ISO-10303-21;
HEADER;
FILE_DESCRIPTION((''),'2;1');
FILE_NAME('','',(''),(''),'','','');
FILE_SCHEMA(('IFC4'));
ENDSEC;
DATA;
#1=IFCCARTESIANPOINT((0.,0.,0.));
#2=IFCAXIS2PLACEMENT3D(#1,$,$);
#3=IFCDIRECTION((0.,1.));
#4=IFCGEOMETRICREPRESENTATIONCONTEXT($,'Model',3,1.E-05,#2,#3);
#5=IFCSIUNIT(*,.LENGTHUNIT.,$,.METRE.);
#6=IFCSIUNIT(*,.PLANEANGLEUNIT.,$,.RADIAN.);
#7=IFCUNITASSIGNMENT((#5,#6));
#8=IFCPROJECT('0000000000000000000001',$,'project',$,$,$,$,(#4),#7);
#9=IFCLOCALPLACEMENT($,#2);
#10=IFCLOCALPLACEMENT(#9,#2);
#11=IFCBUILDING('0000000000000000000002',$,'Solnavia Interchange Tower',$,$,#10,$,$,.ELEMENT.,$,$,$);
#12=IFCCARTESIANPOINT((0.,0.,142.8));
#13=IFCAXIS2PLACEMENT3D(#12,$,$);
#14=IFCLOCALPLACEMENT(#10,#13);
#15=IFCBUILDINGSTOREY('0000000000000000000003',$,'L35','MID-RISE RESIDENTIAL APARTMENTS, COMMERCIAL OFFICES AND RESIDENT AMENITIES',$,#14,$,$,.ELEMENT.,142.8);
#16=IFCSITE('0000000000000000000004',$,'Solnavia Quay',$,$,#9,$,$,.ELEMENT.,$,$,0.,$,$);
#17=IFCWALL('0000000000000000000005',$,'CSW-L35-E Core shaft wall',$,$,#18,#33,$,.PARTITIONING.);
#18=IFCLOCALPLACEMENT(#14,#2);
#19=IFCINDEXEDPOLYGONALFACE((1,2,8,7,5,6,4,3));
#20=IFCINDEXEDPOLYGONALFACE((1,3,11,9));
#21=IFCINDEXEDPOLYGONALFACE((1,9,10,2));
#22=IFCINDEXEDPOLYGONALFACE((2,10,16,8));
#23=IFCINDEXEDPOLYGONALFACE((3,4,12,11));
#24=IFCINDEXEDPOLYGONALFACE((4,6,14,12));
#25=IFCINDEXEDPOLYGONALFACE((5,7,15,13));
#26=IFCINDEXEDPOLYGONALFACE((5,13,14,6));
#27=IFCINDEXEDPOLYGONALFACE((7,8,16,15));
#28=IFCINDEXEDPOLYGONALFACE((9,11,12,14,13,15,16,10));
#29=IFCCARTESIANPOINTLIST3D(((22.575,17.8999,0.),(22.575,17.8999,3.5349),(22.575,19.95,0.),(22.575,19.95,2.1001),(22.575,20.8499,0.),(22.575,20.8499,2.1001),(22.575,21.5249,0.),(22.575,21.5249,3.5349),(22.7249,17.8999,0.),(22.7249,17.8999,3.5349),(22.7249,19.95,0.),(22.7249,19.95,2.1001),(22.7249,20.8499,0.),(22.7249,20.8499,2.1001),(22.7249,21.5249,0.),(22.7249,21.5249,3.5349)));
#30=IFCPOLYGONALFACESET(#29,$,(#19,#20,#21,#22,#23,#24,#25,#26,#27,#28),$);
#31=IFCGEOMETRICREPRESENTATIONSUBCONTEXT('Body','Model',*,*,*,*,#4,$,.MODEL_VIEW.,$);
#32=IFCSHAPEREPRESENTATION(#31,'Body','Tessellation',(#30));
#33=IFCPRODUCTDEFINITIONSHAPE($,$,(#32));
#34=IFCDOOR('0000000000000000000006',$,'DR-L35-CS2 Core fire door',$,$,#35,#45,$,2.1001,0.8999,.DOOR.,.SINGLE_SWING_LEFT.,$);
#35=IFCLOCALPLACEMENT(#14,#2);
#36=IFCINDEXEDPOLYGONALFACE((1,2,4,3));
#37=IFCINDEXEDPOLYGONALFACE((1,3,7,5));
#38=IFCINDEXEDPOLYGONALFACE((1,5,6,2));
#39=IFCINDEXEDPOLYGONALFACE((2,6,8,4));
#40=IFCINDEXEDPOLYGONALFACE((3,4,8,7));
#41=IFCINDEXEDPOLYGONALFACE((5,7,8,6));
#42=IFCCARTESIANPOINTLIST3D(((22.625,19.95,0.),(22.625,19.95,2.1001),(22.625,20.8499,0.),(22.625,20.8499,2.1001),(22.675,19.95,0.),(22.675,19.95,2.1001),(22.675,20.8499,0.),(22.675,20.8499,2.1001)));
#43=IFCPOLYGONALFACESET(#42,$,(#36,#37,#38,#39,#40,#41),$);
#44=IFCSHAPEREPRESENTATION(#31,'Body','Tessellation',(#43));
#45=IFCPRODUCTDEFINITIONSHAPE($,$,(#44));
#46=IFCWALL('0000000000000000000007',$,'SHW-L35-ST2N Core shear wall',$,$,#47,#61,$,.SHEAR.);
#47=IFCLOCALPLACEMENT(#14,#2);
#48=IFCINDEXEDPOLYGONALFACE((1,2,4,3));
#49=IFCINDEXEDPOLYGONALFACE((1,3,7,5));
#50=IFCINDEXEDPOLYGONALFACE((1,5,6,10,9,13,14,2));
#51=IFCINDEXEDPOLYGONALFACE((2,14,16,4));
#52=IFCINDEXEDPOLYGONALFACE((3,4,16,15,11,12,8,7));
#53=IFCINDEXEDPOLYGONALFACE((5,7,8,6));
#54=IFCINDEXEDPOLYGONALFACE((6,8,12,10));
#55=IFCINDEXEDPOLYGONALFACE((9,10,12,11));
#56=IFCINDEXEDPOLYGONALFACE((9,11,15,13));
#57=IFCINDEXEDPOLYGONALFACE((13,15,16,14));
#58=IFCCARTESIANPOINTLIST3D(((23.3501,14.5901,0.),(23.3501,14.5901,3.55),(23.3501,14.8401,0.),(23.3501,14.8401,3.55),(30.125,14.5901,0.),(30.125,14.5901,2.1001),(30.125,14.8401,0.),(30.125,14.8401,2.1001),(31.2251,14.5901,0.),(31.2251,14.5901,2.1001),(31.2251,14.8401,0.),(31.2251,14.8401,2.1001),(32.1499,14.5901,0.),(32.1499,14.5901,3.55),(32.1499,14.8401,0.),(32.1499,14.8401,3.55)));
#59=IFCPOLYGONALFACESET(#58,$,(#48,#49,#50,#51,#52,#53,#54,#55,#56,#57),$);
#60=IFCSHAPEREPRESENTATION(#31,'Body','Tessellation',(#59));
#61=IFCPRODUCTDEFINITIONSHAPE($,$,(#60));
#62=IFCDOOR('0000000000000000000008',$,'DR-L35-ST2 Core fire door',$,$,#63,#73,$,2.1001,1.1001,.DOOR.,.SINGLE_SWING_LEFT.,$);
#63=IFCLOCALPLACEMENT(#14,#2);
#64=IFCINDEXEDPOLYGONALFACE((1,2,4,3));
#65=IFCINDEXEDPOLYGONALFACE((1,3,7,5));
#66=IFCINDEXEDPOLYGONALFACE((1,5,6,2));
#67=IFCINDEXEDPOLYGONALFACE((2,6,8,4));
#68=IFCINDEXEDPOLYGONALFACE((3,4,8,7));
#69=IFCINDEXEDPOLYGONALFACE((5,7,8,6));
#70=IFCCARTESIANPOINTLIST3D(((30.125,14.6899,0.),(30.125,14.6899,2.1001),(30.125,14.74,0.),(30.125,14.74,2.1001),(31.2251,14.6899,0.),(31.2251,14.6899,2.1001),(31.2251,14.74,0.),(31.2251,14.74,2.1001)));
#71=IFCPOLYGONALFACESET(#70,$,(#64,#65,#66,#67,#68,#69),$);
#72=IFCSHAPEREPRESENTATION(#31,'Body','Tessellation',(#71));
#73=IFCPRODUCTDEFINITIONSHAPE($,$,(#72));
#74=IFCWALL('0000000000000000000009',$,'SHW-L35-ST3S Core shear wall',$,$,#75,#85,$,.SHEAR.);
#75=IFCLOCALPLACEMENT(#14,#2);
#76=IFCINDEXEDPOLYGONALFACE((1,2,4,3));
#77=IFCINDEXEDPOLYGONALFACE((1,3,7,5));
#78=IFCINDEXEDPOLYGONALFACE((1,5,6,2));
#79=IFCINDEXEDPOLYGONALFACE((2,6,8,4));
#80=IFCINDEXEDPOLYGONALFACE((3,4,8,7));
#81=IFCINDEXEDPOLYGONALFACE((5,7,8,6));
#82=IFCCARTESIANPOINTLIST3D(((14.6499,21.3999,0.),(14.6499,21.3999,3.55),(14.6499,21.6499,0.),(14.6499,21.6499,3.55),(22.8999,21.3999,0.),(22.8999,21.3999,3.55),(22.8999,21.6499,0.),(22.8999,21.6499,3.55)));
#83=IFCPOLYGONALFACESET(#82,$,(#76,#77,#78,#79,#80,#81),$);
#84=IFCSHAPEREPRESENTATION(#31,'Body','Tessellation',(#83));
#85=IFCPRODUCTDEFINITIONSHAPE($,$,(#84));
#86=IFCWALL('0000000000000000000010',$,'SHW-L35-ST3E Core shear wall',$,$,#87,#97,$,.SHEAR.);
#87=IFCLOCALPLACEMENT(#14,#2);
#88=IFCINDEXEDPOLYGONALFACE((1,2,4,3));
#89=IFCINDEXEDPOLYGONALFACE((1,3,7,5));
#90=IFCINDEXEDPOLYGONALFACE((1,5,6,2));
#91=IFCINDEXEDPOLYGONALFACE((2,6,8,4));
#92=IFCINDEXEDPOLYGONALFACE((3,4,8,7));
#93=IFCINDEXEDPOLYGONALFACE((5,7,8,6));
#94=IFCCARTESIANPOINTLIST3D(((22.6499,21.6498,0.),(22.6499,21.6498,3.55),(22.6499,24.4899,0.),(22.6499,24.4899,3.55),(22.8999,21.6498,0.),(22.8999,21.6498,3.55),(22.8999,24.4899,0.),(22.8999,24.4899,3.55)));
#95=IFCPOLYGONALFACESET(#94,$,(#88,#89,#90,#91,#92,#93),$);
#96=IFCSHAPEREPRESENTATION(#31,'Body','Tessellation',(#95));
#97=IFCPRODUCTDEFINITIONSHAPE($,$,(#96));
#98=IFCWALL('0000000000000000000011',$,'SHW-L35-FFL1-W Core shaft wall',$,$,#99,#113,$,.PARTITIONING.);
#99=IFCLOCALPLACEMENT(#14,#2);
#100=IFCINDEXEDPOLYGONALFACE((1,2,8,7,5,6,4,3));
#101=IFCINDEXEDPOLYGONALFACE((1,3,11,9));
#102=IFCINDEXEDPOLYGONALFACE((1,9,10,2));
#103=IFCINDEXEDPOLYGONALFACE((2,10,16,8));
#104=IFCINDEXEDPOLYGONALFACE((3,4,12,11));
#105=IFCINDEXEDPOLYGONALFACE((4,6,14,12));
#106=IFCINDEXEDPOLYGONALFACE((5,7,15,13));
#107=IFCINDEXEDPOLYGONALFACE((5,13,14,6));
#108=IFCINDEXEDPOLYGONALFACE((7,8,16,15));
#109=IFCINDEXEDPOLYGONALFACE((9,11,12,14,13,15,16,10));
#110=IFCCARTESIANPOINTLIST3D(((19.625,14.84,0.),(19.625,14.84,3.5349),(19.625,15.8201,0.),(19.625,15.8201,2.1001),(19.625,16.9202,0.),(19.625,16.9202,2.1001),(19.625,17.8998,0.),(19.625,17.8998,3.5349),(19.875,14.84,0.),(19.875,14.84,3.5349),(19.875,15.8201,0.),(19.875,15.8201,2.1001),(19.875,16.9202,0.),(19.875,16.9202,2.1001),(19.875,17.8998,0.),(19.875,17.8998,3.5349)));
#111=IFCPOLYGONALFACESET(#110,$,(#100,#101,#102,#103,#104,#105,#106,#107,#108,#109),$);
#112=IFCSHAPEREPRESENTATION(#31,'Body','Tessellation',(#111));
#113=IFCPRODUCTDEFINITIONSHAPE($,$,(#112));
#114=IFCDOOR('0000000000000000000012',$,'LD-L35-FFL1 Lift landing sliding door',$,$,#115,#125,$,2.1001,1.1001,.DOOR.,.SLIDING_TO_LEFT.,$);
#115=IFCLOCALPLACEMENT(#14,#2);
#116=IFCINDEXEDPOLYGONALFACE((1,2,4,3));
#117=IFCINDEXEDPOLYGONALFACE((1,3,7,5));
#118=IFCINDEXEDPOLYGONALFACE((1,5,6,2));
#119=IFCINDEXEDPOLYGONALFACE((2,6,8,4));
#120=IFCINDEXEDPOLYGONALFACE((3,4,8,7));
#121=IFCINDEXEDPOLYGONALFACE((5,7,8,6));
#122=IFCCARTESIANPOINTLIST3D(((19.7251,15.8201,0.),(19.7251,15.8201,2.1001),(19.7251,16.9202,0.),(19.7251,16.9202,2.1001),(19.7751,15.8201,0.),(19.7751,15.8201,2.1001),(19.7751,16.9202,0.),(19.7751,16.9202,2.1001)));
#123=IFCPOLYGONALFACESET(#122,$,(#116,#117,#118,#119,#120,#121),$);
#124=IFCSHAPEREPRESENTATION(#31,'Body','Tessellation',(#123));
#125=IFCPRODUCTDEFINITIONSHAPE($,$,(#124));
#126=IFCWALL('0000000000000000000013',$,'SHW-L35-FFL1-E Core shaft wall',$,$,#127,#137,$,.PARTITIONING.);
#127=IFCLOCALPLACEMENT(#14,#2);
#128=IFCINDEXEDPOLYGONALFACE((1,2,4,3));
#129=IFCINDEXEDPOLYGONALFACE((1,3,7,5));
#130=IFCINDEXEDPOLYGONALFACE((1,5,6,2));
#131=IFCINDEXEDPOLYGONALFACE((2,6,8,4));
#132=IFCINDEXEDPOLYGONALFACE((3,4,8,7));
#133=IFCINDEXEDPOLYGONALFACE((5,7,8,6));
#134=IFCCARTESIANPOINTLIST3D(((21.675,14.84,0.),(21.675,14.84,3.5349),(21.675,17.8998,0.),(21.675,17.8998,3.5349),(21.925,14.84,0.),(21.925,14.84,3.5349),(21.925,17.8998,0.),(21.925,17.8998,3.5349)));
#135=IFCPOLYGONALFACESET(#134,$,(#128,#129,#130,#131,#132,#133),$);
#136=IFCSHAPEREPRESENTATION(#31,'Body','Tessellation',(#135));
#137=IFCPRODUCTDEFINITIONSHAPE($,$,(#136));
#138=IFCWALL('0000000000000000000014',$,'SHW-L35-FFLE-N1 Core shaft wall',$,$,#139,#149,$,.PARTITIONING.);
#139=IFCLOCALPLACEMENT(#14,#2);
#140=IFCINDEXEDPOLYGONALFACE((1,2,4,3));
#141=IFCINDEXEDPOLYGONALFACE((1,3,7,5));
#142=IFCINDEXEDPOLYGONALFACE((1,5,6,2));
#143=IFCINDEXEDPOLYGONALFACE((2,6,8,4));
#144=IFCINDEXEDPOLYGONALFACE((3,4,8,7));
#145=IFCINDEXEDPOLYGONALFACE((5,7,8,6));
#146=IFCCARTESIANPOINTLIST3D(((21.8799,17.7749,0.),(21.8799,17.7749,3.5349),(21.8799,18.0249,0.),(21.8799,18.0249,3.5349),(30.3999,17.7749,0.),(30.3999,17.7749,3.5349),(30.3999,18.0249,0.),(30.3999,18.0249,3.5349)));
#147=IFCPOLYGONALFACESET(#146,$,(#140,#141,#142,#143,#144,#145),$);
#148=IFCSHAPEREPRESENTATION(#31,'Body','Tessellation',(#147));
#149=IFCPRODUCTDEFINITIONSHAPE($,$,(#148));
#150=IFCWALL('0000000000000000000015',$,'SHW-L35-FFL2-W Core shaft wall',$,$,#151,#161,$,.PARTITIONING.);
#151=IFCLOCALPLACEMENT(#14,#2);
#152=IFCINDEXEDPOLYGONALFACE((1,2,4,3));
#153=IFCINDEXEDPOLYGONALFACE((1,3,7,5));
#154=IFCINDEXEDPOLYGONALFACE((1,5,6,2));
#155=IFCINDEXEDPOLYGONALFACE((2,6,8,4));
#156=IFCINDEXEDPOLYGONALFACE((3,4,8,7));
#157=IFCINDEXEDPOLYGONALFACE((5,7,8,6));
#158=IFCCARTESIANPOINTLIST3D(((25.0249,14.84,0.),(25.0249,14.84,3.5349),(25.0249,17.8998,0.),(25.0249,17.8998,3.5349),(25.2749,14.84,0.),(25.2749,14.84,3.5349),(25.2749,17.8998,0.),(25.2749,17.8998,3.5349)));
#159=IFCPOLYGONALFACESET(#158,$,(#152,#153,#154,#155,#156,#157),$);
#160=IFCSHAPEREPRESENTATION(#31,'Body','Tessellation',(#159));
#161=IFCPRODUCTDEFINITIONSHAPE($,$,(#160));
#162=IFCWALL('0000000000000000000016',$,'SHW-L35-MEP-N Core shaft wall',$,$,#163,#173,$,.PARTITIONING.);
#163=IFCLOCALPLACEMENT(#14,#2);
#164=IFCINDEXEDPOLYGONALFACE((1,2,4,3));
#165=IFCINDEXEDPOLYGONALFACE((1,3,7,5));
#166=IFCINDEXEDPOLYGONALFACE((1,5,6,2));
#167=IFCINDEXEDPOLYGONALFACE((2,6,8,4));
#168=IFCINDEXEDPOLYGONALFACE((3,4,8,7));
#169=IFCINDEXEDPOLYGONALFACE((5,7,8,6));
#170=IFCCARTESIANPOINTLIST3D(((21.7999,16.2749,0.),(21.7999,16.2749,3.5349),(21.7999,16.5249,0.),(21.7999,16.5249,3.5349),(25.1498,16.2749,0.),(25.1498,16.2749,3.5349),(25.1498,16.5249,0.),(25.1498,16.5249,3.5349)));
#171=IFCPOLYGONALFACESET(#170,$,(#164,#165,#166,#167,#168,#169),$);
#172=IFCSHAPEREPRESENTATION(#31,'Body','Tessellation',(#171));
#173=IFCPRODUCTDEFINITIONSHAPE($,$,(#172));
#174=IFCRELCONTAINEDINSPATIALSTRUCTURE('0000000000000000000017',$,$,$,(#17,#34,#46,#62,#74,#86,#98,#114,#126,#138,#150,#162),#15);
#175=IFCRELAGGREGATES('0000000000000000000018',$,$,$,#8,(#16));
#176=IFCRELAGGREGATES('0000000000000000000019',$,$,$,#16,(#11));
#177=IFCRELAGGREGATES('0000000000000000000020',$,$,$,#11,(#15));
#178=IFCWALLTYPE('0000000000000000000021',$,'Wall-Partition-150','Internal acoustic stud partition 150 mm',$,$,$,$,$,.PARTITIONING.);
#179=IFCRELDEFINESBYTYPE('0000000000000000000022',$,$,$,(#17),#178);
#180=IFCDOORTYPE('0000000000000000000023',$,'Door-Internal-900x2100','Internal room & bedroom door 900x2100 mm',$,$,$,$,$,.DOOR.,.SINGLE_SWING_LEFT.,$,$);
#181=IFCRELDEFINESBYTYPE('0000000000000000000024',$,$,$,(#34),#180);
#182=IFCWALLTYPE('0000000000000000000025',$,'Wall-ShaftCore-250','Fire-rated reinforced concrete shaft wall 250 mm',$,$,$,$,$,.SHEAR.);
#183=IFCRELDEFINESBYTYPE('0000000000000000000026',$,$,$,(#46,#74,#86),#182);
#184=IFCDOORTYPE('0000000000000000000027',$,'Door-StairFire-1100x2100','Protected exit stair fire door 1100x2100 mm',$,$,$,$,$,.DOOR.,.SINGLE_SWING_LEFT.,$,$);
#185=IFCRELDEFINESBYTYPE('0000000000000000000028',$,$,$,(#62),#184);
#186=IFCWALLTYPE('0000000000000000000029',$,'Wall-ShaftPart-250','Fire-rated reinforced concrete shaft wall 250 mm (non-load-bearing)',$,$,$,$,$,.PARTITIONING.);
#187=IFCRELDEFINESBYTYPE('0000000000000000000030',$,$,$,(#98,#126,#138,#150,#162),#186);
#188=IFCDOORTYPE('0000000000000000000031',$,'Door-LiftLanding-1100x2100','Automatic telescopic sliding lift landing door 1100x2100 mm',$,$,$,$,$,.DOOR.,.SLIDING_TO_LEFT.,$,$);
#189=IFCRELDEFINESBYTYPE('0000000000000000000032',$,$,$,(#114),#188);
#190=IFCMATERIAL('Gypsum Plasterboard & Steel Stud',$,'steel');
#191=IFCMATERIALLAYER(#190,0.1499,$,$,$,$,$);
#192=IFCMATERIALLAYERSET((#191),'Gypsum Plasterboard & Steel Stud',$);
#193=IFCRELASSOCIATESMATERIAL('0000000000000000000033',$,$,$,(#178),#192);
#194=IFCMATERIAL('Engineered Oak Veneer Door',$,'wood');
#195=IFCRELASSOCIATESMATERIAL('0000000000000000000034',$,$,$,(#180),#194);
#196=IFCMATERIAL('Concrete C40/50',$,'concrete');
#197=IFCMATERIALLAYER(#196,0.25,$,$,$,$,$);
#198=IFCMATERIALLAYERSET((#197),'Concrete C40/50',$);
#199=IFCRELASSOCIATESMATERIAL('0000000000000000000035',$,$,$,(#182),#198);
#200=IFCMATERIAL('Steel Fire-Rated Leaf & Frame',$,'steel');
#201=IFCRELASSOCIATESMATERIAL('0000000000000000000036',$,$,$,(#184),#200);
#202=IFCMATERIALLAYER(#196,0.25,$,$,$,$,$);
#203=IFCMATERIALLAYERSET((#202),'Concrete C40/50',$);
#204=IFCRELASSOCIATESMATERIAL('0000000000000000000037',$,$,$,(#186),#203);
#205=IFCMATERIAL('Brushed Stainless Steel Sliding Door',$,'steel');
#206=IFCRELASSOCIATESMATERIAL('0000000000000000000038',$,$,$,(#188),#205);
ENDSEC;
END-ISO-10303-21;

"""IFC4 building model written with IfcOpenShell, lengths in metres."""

from ifc_helpers import new_model, si_unit, direction, frame, frame_2d, origin, place, context, subcontext, project, spatial, rectangle, extrude, material, layer, layer_set, type_object, element, fill, save


model = new_model("IFC4")

# Units and contexts
model_context = context("Model", 3, precision=1e-05, world=origin(), true_north=direction((0.0, 1.0)))
body_context = subcontext(model_context, "Body", "Model", "MODEL_VIEW")
ifc_project = project(units=[si_unit("LENGTHUNIT", "METRE"), si_unit("PLANEANGLEUNIT", "RADIAN")], contexts=[model_context])

# Site, building, storey
site_placement = place(None, origin())
site = spatial("IfcSite", under=ifc_project, at=site_placement, Name="Solnavia Quay", CompositionType="ELEMENT", RefElevation=0.0)
building_placement = place(site_placement, origin())
building = spatial("IfcBuilding", under=site, at=building_placement, Name="Solnavia Interchange Tower", CompositionType="ELEMENT")
storey_placement = place(building_placement, frame((0.0, 0.0, 142.8)))
storey = spatial("IfcBuildingStorey", under=building, at=storey_placement, Name="L35", Description="MID-RISE RESIDENTIAL APARTMENTS, COMMERCIAL OFFICES AND RESIDENT AMENITIES", CompositionType="ELEMENT", Elevation=142.8)

# Walls, openings, doors
ifc_material_1 = material(Name="Gypsum Plasterboard & Steel Stud", Category="steel")
ifc_layer_1 = layer(ifc_material_1, 0.1499)
ifc_layer_set_1 = layer_set([ifc_layer_1], Name="Gypsum Plasterboard & Steel Stud")
wall_type_1 = type_object("IfcWallType", Name="Wall-Partition-150", Description="Internal acoustic stud partition 150 mm", PredefinedType="PARTITIONING", material=ifc_layer_set_1)
wall_1_placement = place(storey_placement, frame((22.6499, 17.8999, 0.0), z_axis=(0.0, 0.0, 1.0), x_axis=(0.0, 1.0, 0.0)))
wall_1 = element("IfcWall", 1, at=wall_1_placement, inside=storey, type_object=wall_type_1, Name="CSW-L35-E Core shaft wall", PredefinedType="PARTITIONING", context=body_context, shape_type="SweptSolid", body=[
    extrude(rectangle(XDim=3.625, YDim=0.1499, at=frame_2d((1.8125, 0.0))), origin(), (0.0, 0.0, 1.0), 3.5349),
])
opening_1_placement = place(wall_1_placement, frame((2.05, 0.0, 0.0)))
opening_1 = element("IfcOpeningElement", 2, at=opening_1_placement, cuts=wall_1, PredefinedType="OPENING", context=body_context, shape_type="SweptSolid", body=[
    extrude(rectangle(XDim=0.8999, YDim=2.1001, at=frame_2d((0.45, 1.05))), frame((0.0, 0.085, 0.0), z_axis=(0.0, -1.0, 0.0), x_axis=(1.0, 0.0, 0.0)), (0.0, 0.0, 1.0), 0.1699),
])
ifc_material_2 = material(Name="Engineered Oak Veneer Door", Category="wood")
door_type_1 = type_object("IfcDoorType", Name="Door-Internal-900x2100", Description="Internal room & bedroom door 900x2100 mm", OperationType="SINGLE_SWING_LEFT", PredefinedType="DOOR", material=ifc_material_2)
door_1_placement = place(opening_1_placement, origin())
door_1 = element("IfcDoor", 3, at=door_1_placement, inside=storey, type_object=door_type_1, Name="DR-L35-CS2 Core fire door", OperationType="SINGLE_SWING_LEFT", OverallHeight=2.1001, OverallWidth=0.8999, PredefinedType="DOOR", context=body_context, shape_type="SweptSolid", body=[
    extrude(rectangle(XDim=0.8999, YDim=2.1001, at=frame_2d((0.45, 1.05))), frame((0.0, 0.0249, 0.0), z_axis=(0.0, -1.0, 0.0), x_axis=(1.0, 0.0, 0.0)), (0.0, 0.0, 1.0), 0.05),
])
fill(opening_1, door_1)
ifc_material_3 = material(Name="Concrete C40/50", Category="concrete")
ifc_layer_2 = layer(ifc_material_3, 0.25)
ifc_layer_set_2 = layer_set([ifc_layer_2], Name="Concrete C40/50")
wall_type_2 = type_object("IfcWallType", Name="Wall-ShaftCore-250", Description="Fire-rated reinforced concrete shaft wall 250 mm", PredefinedType="SHEAR", material=ifc_layer_set_2)
wall_2_placement = place(storey_placement, frame((23.3501, 14.7151, 0.0), z_axis=(0.0, 0.0, 1.0), x_axis=(1.0, 0.0, 0.0)))
wall_2 = element("IfcWall", 4, at=wall_2_placement, inside=storey, type_object=wall_type_2, Name="SHW-L35-ST2N Core shear wall", PredefinedType="SHEAR", context=body_context, shape_type="SweptSolid", body=[
    extrude(rectangle(XDim=8.7998, YDim=0.25, at=frame_2d((4.3999, 0.0))), origin(), (0.0, 0.0, 1.0), 3.55),
])
opening_2_placement = place(wall_2_placement, frame((6.7749, 0.0, 0.0)))
opening_2 = element("IfcOpeningElement", 5, at=opening_2_placement, cuts=wall_2, PredefinedType="OPENING", context=body_context, shape_type="SweptSolid", body=[
    extrude(rectangle(XDim=1.1001, YDim=2.1001, at=frame_2d((0.55, 1.05))), frame((0.0, 0.135, 0.0), z_axis=(0.0, -1.0, 0.0), x_axis=(1.0, 0.0, 0.0)), (0.0, 0.0, 1.0), 0.27),
])
ifc_material_4 = material(Name="Steel Fire-Rated Leaf & Frame", Category="steel")
door_type_2 = type_object("IfcDoorType", Name="Door-StairFire-1100x2100", Description="Protected exit stair fire door 1100x2100 mm", OperationType="SINGLE_SWING_LEFT", PredefinedType="DOOR", material=ifc_material_4)
door_2_placement = place(opening_2_placement, origin())
door_2 = element("IfcDoor", 6, at=door_2_placement, inside=storey, type_object=door_type_2, Name="DR-L35-ST2 Core fire door", OperationType="SINGLE_SWING_LEFT", OverallHeight=2.1001, OverallWidth=1.1001, PredefinedType="DOOR", context=body_context, shape_type="SweptSolid", body=[
    extrude(rectangle(XDim=1.1001, YDim=2.1001, at=frame_2d((0.55, 1.05))), frame((0.0, 0.0249, 0.0), z_axis=(0.0, -1.0, 0.0), x_axis=(1.0, 0.0, 0.0)), (0.0, 0.0, 1.0), 0.05),
])
fill(opening_2, door_2)

# Walls
wall_3_placement = place(storey_placement, frame((14.6499, 21.5249, 0.0), z_axis=(0.0, 0.0, 1.0), x_axis=(1.0, 0.0, 0.0)))
element("IfcWall", 7, at=wall_3_placement, inside=storey, type_object=wall_type_2, Name="SHW-L35-ST3S Core shear wall", PredefinedType="SHEAR", context=body_context, shape_type="SweptSolid", body=[
    extrude(rectangle(XDim=8.25, YDim=0.25, at=frame_2d((4.125, 0.0))), origin(), (0.0, 0.0, 1.0), 3.55),
])
wall_4_placement = place(storey_placement, frame((22.7749, 21.6499, 0.0), z_axis=(0.0, 0.0, 1.0), x_axis=(0.0, 1.0, 0.0)))
element("IfcWall", 8, at=wall_4_placement, inside=storey, type_object=wall_type_2, Name="SHW-L35-ST3E Core shear wall", PredefinedType="SHEAR", context=body_context, shape_type="SweptSolid", body=[
    extrude(rectangle(XDim=2.8401, YDim=0.25, at=frame_2d((1.4199, 0.0))), origin(), (0.0, 0.0, 1.0), 3.55),
])

# Wall, opening, door
ifc_layer_3 = layer(ifc_material_3, 0.25)
ifc_layer_set_3 = layer_set([ifc_layer_3], Name="Concrete C40/50")
wall_type_3 = type_object("IfcWallType", Name="Wall-ShaftPart-250", Description="Fire-rated reinforced concrete shaft wall 250 mm (non-load-bearing)", PredefinedType="PARTITIONING", material=ifc_layer_set_3)
wall_5_placement = place(storey_placement, frame((19.75, 14.8401, 0.0), z_axis=(0.0, 0.0, 1.0), x_axis=(0.0, 1.0, 0.0)))
wall_5 = element("IfcWall", 9, at=wall_5_placement, inside=storey, type_object=wall_type_3, Name="SHW-L35-FFL1-W Core shaft wall", PredefinedType="PARTITIONING", context=body_context, shape_type="SweptSolid", body=[
    extrude(rectangle(XDim=3.0598, YDim=0.25, at=frame_2d((1.5298, 0.0))), origin(), (0.0, 0.0, 1.0), 3.5349),
])
opening_3_placement = place(wall_5_placement, frame((0.98, 0.0, 0.0)))
opening_3 = element("IfcOpeningElement", 10, at=opening_3_placement, cuts=wall_5, PredefinedType="OPENING", context=body_context, shape_type="SweptSolid", body=[
    extrude(rectangle(XDim=1.1001, YDim=2.1001, at=frame_2d((0.55, 1.05))), frame((0.0, 0.135, 0.0), z_axis=(0.0, -1.0, 0.0), x_axis=(1.0, 0.0, 0.0)), (0.0, 0.0, 1.0), 0.27),
])
ifc_material_5 = material(Name="Brushed Stainless Steel Sliding Door", Category="steel")
door_type_3 = type_object("IfcDoorType", Name="Door-LiftLanding-1100x2100", Description="Automatic telescopic sliding lift landing door 1100x2100 mm", OperationType="SLIDING_TO_LEFT", PredefinedType="DOOR", material=ifc_material_5)
door_3_placement = place(opening_3_placement, origin())
door_3 = element("IfcDoor", 11, at=door_3_placement, inside=storey, type_object=door_type_3, Name="LD-L35-FFL1 Lift landing sliding door", OperationType="SLIDING_TO_LEFT", OverallHeight=2.1001, OverallWidth=1.1001, PredefinedType="DOOR", context=body_context, shape_type="SweptSolid", body=[
    extrude(rectangle(XDim=1.1001, YDim=2.1001, at=frame_2d((0.55, 1.05))), frame((0.0, 0.0249, 0.0), z_axis=(0.0, -1.0, 0.0), x_axis=(1.0, 0.0, 0.0)), (0.0, 0.0, 1.0), 0.05),
])
fill(opening_3, door_3)

# Walls
wall_6_placement = place(storey_placement, frame((21.8, 14.8401, 0.0), z_axis=(0.0, 0.0, 1.0), x_axis=(0.0, 1.0, 0.0)))
element("IfcWall", 12, at=wall_6_placement, inside=storey, type_object=wall_type_3, Name="SHW-L35-FFL1-E Core shaft wall", PredefinedType="PARTITIONING", context=body_context, shape_type="SweptSolid", body=[
    extrude(rectangle(XDim=3.0598, YDim=0.25, at=frame_2d((1.5298, 0.0))), origin(), (0.0, 0.0, 1.0), 3.5349),
])
wall_7_placement = place(storey_placement, frame((21.8799, 17.8999, 0.0), z_axis=(0.0, 0.0, 1.0), x_axis=(1.0, 0.0, 0.0)))
element("IfcWall", 13, at=wall_7_placement, inside=storey, type_object=wall_type_3, Name="SHW-L35-FFLE-N1 Core shaft wall", PredefinedType="PARTITIONING", context=body_context, shape_type="SweptSolid", body=[
    extrude(rectangle(XDim=8.52, YDim=0.25, at=frame_2d((4.26, 0.0))), origin(), (0.0, 0.0, 1.0), 3.5349),
])
wall_8_placement = place(storey_placement, frame((25.1499, 14.8401, 0.0), z_axis=(0.0, 0.0, 1.0), x_axis=(0.0, 1.0, 0.0)))
element("IfcWall", 14, at=wall_8_placement, inside=storey, type_object=wall_type_3, Name="SHW-L35-FFL2-W Core shaft wall", PredefinedType="PARTITIONING", context=body_context, shape_type="SweptSolid", body=[
    extrude(rectangle(XDim=3.0598, YDim=0.25, at=frame_2d((1.5298, 0.0))), origin(), (0.0, 0.0, 1.0), 3.5349),
])
wall_9_placement = place(storey_placement, frame((21.8, 16.3999, 0.0), z_axis=(0.0, 0.0, 1.0), x_axis=(1.0, 0.0, 0.0)))
element("IfcWall", 15, at=wall_9_placement, inside=storey, type_object=wall_type_3, Name="SHW-L35-MEP-N Core shaft wall", PredefinedType="PARTITIONING", context=body_context, shape_type="SweptSolid", body=[
    extrude(rectangle(XDim=3.3499, YDim=0.25, at=frame_2d((1.6748, 0.0))), origin(), (0.0, 0.0, 1.0), 3.5349),
])

save(model, "model.ifc")
